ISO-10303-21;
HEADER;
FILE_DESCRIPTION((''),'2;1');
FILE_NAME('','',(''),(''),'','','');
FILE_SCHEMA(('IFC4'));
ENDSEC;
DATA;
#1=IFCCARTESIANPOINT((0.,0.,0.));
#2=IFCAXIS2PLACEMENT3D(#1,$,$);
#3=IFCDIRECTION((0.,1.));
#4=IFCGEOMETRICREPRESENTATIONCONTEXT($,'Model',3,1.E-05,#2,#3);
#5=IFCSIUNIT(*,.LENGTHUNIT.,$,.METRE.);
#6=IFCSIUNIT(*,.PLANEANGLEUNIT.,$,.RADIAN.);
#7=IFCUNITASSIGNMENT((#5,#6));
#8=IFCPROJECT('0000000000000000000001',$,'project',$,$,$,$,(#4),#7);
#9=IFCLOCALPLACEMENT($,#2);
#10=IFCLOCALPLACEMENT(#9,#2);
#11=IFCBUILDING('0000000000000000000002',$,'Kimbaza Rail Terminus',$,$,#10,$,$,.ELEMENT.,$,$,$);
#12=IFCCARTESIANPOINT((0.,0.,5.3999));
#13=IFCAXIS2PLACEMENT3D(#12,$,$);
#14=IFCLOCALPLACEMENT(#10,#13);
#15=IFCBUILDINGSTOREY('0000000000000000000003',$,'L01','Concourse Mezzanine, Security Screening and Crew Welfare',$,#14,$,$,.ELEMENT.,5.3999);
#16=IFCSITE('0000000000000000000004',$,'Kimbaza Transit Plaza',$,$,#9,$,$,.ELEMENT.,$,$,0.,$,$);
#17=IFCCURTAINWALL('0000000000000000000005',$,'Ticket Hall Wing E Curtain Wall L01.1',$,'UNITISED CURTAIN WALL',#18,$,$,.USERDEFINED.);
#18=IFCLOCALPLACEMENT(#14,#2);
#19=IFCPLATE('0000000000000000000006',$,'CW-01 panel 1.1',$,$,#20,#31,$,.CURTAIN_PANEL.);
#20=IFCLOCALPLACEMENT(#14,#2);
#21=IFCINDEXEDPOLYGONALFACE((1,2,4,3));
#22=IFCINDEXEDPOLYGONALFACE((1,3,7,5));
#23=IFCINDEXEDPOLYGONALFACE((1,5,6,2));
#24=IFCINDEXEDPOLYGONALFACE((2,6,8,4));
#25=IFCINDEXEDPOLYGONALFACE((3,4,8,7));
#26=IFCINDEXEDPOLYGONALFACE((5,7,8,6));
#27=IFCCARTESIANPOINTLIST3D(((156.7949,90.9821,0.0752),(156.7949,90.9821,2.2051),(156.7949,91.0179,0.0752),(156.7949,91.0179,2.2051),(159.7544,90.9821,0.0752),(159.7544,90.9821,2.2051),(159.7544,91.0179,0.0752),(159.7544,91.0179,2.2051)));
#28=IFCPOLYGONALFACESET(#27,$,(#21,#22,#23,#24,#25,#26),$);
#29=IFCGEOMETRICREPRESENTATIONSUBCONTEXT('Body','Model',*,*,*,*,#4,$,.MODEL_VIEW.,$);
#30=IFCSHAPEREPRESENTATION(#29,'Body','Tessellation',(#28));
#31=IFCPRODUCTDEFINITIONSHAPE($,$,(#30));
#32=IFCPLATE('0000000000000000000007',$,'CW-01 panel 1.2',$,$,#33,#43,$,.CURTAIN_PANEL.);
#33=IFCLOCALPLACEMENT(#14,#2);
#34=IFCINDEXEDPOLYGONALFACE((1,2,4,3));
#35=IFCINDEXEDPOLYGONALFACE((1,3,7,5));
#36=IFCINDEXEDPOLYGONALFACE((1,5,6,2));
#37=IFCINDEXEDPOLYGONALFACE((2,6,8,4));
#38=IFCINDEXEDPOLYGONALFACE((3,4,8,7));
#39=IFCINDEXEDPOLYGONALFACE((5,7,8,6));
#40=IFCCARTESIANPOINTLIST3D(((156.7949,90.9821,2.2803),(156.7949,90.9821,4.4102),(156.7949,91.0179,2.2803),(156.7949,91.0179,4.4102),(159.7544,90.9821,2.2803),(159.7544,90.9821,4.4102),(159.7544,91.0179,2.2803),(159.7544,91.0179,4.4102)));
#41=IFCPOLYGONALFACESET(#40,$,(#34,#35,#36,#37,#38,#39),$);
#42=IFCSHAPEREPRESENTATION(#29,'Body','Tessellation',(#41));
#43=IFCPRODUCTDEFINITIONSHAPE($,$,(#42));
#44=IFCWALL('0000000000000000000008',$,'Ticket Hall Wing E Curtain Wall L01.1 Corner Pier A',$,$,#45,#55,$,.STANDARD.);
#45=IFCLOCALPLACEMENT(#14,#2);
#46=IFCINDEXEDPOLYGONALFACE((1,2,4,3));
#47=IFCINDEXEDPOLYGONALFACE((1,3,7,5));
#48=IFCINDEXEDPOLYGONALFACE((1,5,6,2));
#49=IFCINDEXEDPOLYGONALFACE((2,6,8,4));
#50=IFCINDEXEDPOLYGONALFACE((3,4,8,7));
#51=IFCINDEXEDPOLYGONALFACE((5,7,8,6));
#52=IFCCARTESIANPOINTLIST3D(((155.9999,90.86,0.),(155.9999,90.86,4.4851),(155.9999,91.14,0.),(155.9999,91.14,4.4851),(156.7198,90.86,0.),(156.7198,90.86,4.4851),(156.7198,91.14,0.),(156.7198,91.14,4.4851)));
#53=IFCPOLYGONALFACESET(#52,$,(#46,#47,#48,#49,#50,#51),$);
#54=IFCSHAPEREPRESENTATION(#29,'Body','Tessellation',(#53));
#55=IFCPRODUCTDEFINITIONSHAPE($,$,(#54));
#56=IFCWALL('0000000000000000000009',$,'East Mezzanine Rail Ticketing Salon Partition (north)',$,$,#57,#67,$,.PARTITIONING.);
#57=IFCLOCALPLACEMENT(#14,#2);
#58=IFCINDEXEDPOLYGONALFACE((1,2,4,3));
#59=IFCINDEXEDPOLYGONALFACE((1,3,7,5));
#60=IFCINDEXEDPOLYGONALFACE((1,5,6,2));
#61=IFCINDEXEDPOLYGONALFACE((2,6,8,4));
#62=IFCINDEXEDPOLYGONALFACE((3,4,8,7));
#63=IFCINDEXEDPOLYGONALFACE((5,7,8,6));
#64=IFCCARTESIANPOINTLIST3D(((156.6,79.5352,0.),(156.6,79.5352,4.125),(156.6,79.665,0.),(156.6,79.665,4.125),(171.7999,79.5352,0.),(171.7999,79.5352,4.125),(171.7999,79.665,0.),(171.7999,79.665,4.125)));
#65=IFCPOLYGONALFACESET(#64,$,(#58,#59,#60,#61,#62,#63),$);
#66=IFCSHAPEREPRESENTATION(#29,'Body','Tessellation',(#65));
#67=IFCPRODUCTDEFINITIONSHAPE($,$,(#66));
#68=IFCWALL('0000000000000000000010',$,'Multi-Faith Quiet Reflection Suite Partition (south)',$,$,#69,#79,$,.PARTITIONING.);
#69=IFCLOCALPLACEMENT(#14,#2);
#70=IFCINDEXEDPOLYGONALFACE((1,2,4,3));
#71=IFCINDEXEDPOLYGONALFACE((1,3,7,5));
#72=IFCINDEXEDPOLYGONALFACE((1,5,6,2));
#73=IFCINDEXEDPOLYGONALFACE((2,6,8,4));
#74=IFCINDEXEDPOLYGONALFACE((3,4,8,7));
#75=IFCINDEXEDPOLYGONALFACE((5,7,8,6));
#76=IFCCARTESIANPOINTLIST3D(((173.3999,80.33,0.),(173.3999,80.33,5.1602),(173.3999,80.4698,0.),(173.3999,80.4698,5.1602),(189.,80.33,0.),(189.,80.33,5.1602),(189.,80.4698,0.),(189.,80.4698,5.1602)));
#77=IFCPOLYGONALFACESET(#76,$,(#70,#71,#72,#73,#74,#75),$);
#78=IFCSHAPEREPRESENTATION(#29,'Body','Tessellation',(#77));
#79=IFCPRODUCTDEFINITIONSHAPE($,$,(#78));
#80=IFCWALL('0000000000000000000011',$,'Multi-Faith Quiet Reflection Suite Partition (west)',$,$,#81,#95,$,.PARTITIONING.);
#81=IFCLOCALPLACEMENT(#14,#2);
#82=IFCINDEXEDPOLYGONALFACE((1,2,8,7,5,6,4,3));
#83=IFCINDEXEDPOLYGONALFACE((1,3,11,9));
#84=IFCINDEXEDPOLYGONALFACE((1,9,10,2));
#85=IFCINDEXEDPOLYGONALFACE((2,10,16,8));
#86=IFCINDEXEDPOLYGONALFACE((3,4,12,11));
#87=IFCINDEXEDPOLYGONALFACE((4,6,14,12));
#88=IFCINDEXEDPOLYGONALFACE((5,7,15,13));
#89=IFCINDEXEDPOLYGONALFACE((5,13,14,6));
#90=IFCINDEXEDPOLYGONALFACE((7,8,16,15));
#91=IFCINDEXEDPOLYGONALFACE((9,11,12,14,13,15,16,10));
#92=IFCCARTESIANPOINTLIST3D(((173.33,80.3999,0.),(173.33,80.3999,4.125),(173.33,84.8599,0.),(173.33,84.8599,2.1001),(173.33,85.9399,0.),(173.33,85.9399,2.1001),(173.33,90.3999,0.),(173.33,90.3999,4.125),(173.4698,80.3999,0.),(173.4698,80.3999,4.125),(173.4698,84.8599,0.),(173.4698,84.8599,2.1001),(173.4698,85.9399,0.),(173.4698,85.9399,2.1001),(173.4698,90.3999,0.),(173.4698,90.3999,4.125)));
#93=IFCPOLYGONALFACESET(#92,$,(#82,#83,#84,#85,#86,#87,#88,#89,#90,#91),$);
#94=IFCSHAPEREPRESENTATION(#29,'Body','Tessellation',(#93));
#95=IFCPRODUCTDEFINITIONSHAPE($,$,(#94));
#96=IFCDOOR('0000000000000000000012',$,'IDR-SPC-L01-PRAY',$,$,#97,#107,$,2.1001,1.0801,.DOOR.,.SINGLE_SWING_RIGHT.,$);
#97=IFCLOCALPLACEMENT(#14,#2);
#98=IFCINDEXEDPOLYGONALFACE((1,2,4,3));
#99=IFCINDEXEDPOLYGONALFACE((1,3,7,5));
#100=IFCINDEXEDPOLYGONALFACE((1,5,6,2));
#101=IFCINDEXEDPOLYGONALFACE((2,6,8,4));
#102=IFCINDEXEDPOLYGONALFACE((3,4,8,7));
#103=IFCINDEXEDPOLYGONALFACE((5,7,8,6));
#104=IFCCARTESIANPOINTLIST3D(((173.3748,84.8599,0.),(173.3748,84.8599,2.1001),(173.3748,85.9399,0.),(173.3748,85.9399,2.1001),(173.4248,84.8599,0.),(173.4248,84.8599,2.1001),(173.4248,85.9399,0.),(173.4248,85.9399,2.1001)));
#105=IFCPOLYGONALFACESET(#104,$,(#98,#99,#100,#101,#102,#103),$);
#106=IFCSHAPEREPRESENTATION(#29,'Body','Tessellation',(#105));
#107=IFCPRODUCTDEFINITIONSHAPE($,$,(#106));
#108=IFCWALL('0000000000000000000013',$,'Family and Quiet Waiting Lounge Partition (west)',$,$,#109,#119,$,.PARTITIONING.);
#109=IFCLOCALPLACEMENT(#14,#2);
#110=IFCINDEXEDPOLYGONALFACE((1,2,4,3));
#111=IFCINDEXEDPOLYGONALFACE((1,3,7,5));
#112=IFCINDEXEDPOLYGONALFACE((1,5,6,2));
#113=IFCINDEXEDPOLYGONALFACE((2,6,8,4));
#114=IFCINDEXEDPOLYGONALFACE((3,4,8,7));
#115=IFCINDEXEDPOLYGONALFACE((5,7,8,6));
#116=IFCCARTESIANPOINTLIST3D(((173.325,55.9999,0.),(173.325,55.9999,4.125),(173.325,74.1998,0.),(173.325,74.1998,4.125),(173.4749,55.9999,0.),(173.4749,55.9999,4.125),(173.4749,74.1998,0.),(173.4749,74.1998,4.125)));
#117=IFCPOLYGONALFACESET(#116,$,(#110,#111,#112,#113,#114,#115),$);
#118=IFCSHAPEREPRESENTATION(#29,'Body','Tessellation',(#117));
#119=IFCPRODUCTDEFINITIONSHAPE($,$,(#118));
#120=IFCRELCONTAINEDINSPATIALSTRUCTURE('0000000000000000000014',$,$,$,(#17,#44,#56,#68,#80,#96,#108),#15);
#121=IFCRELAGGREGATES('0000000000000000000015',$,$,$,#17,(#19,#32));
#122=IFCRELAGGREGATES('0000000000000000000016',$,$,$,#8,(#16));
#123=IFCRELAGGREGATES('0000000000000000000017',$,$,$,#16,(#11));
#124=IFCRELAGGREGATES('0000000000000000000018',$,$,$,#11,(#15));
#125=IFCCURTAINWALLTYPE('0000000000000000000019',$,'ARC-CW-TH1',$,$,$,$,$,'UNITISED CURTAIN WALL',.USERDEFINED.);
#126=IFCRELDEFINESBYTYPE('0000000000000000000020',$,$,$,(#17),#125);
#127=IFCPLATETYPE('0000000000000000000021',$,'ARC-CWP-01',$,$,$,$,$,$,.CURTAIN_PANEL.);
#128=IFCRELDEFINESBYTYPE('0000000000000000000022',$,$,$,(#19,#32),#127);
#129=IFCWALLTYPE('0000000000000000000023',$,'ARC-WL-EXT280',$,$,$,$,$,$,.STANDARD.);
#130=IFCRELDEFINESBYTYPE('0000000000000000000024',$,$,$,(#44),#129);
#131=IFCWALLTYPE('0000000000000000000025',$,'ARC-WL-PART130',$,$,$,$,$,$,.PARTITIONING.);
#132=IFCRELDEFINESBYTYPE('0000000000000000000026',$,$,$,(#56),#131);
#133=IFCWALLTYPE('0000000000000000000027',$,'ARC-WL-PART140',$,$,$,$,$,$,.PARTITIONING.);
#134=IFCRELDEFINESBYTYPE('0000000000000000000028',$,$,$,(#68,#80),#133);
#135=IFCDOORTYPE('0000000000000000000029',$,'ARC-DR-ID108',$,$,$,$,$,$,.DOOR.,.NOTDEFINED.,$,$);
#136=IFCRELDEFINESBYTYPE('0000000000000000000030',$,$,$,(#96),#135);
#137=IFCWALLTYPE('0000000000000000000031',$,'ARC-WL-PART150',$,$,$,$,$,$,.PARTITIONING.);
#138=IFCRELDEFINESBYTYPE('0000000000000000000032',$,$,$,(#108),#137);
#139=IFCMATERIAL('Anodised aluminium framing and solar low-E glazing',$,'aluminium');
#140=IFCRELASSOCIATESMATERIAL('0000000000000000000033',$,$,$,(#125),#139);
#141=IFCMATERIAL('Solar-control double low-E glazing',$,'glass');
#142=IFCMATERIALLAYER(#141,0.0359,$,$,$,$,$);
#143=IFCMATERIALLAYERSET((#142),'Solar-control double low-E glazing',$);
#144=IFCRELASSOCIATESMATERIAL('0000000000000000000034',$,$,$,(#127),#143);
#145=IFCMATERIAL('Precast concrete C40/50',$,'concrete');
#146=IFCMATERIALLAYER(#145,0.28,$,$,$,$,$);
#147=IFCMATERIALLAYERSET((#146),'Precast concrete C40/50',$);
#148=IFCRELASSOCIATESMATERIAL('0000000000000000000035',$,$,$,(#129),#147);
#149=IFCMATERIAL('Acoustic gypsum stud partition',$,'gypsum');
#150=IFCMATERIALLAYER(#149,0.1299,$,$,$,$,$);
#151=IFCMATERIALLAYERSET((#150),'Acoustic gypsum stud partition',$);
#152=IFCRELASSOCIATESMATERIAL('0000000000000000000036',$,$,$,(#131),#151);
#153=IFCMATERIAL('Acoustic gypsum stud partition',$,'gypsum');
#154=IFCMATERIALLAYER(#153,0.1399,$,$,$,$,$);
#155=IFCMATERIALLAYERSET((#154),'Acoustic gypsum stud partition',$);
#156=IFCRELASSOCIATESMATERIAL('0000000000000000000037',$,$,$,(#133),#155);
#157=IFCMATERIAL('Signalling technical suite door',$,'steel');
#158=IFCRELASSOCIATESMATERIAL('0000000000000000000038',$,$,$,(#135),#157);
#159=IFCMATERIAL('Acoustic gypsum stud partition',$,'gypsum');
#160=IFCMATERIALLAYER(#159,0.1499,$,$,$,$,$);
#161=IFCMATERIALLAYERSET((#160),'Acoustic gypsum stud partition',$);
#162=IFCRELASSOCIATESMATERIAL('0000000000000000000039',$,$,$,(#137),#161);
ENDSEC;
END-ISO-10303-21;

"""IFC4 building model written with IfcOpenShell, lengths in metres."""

from ifc_helpers import new_model, si_unit, direction, frame, frame_2d, origin, origin_2d, place, context, subcontext, project, spatial, rectangle, extrude, material, layer, layer_set, type_object, element, fill, aggregate, save


model = new_model("IFC4")

# Units and contexts
model_context = context("Model", 3, precision=1e-05, world=origin(), true_north=direction((0.0, 1.0)))
body_context = subcontext(model_context, "Body", "Model", "MODEL_VIEW")
ifc_project = project(units=[si_unit("LENGTHUNIT", "METRE"), si_unit("PLANEANGLEUNIT", "RADIAN")], contexts=[model_context])

# Site, building, storey
site_placement = place(None, origin())
site = spatial("IfcSite", under=ifc_project, at=site_placement, Name="Kimbaza Transit Plaza", CompositionType="ELEMENT", RefElevation=0.0)
building_placement = place(site_placement, origin())
building = spatial("IfcBuilding", under=site, at=building_placement, Name="Kimbaza Rail Terminus", CompositionType="ELEMENT")
storey_placement = place(building_placement, frame((0.0, 0.0, 5.3999)))
storey = spatial("IfcBuildingStorey", under=building, at=storey_placement, Name="L01", Description="Concourse Mezzanine, Security Screening and Crew Welfare", CompositionType="ELEMENT", Elevation=5.3999)

# Curtain wall
ifc_material_1 = material(Name="Anodised aluminium framing and solar low-E glazing", Category="aluminium")
curtain_wall_type = type_object("IfcCurtainWallType", Name="ARC-CW-TH1", ElementType="UNITISED CURTAIN WALL", PredefinedType="USERDEFINED", material=ifc_material_1)
curtain_wall_placement = place(storey_placement, origin())
curtain_wall = element("IfcCurtainWall", 1, at=curtain_wall_placement, inside=storey, type_object=curtain_wall_type, Name="Ticket Hall Wing E Curtain Wall L01.1", ObjectType="UNITISED CURTAIN WALL", PredefinedType="USERDEFINED")

# Plates
ifc_material_2 = material(Name="Solar-control double low-E glazing", Category="glass")
ifc_layer_1 = layer(ifc_material_2, 0.0359)
ifc_layer_set_1 = layer_set([ifc_layer_1], Name="Solar-control double low-E glazing")
plate_type = type_object("IfcPlateType", Name="ARC-CWP-01", PredefinedType="CURTAIN_PANEL", material=ifc_layer_set_1)
plate_1_placement = place(storey_placement, frame((158.2747, 91.0, 0.0752), z_axis=(0.0, 0.0, 1.0), x_axis=(1.0, 0.0, 0.0)))
plate_1 = element("IfcPlate", 2, at=plate_1_placement, type_object=plate_type, Name="CW-01 panel 1.1", PredefinedType="CURTAIN_PANEL", context=body_context, shape_type="SweptSolid", body=[
    extrude(rectangle(XDim=2.9595, YDim=0.0359, at=origin_2d()), origin(), (0.0, 0.0, 1.0), 2.1299),
])
plate_2_placement = place(storey_placement, frame((158.2747, 91.0, 2.2803), z_axis=(0.0, 0.0, 1.0), x_axis=(1.0, 0.0, 0.0)))
plate_2 = element("IfcPlate", 3, at=plate_2_placement, type_object=plate_type, Name="CW-01 panel 1.2", PredefinedType="CURTAIN_PANEL", context=body_context, shape_type="SweptSolid", body=[
    extrude(rectangle(XDim=2.9595, YDim=0.0359, at=origin_2d()), origin(), (0.0, 0.0, 1.0), 2.1299),
])
aggregate(curtain_wall, [plate_1, plate_2])

# Walls
ifc_material_3 = material(Name="Precast concrete C40/50", Category="concrete")
ifc_layer_2 = layer(ifc_material_3, 0.28)
ifc_layer_set_2 = layer_set([ifc_layer_2], Name="Precast concrete C40/50")
wall_type_1 = type_object("IfcWallType", Name="ARC-WL-EXT280", PredefinedType="STANDARD", material=ifc_layer_set_2)
wall_1_placement = place(storey_placement, frame((156.0, 91.0, 0.0), z_axis=(0.0, 0.0, 1.0), x_axis=(1.0, 0.0, 0.0)))
element("IfcWall", 4, at=wall_1_placement, inside=storey, type_object=wall_type_1, Name="Ticket Hall Wing E Curtain Wall L01.1 Corner Pier A", PredefinedType="STANDARD", context=body_context, shape_type="SweptSolid", body=[
    extrude(rectangle(XDim=0.72, YDim=0.28, at=frame_2d((0.3599, 0.0))), origin(), (0.0, 0.0, 1.0), 4.4851),
])
ifc_material_4 = material(Name="Acoustic gypsum stud partition", Category="gypsum")
ifc_layer_3 = layer(ifc_material_4, 0.1299)
ifc_layer_set_3 = layer_set([ifc_layer_3], Name="Acoustic gypsum stud partition")
wall_type_2 = type_object("IfcWallType", Name="ARC-WL-PART130", PredefinedType="PARTITIONING", material=ifc_layer_set_3)
wall_2_placement = place(storey_placement, frame((171.8, 79.6001, 0.0), z_axis=(0.0, 0.0, 1.0), x_axis=(-1.0, 0.0, 0.0)))
element("IfcWall", 5, at=wall_2_placement, inside=storey, type_object=wall_type_2, Name="East Mezzanine Rail Ticketing Salon Partition (north)", PredefinedType="PARTITIONING", context=body_context, shape_type="SweptSolid", body=[
    extrude(rectangle(XDim=15.2, YDim=0.1299, at=frame_2d((7.6001, 0.0))), origin(), (0.0, 0.0, 1.0), 4.125),
])
ifc_material_5 = material(Name="Acoustic gypsum stud partition", Category="gypsum")
ifc_layer_4 = layer(ifc_material_5, 0.1399)
ifc_layer_set_4 = layer_set([ifc_layer_4], Name="Acoustic gypsum stud partition")
wall_type_3 = type_object("IfcWallType", Name="ARC-WL-PART140", PredefinedType="PARTITIONING", material=ifc_layer_set_4)
wall_3_placement = place(storey_placement, frame((173.3999, 80.3999, 0.0), z_axis=(0.0, 0.0, 1.0), x_axis=(1.0, 0.0, 0.0)))
element("IfcWall", 6, at=wall_3_placement, inside=storey, type_object=wall_type_3, Name="Multi-Faith Quiet Reflection Suite Partition (south)", PredefinedType="PARTITIONING", context=body_context, shape_type="SweptSolid", body=[
    extrude(rectangle(XDim=15.6001, YDim=0.1399, at=frame_2d((7.8, 0.0))), origin(), (0.0, 0.0, 1.0), 5.1602),
])

# Wall, opening, door
wall_4_placement = place(storey_placement, frame((173.3999, 90.3999, 0.0), z_axis=(0.0, 0.0, 1.0), x_axis=(0.0, -1.0, 0.0)))
wall_4 = element("IfcWall", 7, at=wall_4_placement, inside=storey, type_object=wall_type_3, Name="Multi-Faith Quiet Reflection Suite Partition (west)", PredefinedType="PARTITIONING", context=body_context, shape_type="SweptSolid", body=[
    extrude(rectangle(XDim=10.0, YDim=0.1399, at=frame_2d((5.0, 0.0))), origin(), (0.0, 0.0, 1.0), 4.125),
])
opening_placement = place(wall_4_placement, frame((4.46, 0.0, 0.0)))
opening = element("IfcOpeningElement", 8, at=opening_placement, cuts=wall_4, PredefinedType="OPENING", context=body_context, shape_type="SweptSolid", body=[
    extrude(rectangle(XDim=1.0801, YDim=2.1001, at=frame_2d((0.54, 1.05))), frame((0.0, 0.0798, 0.0), z_axis=(0.0, -1.0, 0.0), x_axis=(1.0, 0.0, 0.0)), (0.0, 0.0, 1.0), 0.1599),
])
ifc_material_6 = material(Name="Signalling technical suite door", Category="steel")
door_type = type_object("IfcDoorType", Name="ARC-DR-ID108", OperationType="NOTDEFINED", PredefinedType="DOOR", material=ifc_material_6)
door_placement = place(opening_placement, origin())
door = element("IfcDoor", 9, at=door_placement, inside=storey, type_object=door_type, Name="IDR-SPC-L01-PRAY", OperationType="SINGLE_SWING_RIGHT", OverallHeight=2.1001, OverallWidth=1.0801, PredefinedType="DOOR", context=body_context, shape_type="SweptSolid", body=[
    extrude(rectangle(XDim=1.0801, YDim=2.1001, at=frame_2d((0.54, 1.05))), frame((0.0, 0.0249, 0.0), z_axis=(0.0, -1.0, 0.0), x_axis=(1.0, 0.0, 0.0)), (0.0, 0.0, 1.0), 0.05),
])
fill(opening, door)

# Wall
ifc_material_7 = material(Name="Acoustic gypsum stud partition", Category="gypsum")
ifc_layer_5 = layer(ifc_material_7, 0.1499)
ifc_layer_set_5 = layer_set([ifc_layer_5], Name="Acoustic gypsum stud partition")
wall_type_4 = type_object("IfcWallType", Name="ARC-WL-PART150", PredefinedType="PARTITIONING", material=ifc_layer_set_5)
wall_5_placement = place(storey_placement, frame((173.3999, 74.2, 0.0), z_axis=(0.0, 0.0, 1.0), x_axis=(0.0, -1.0, 0.0)))
element("IfcWall", 10, at=wall_5_placement, inside=storey, type_object=wall_type_4, Name="Family and Quiet Waiting Lounge Partition (west)", PredefinedType="PARTITIONING", context=body_context, shape_type="SweptSolid", body=[
    extrude(rectangle(XDim=18.2, YDim=0.1499, at=frame_2d((9.1001, 0.0))), origin(), (0.0, 0.0, 1.0), 4.125),
])

save(model, "model.ifc")
